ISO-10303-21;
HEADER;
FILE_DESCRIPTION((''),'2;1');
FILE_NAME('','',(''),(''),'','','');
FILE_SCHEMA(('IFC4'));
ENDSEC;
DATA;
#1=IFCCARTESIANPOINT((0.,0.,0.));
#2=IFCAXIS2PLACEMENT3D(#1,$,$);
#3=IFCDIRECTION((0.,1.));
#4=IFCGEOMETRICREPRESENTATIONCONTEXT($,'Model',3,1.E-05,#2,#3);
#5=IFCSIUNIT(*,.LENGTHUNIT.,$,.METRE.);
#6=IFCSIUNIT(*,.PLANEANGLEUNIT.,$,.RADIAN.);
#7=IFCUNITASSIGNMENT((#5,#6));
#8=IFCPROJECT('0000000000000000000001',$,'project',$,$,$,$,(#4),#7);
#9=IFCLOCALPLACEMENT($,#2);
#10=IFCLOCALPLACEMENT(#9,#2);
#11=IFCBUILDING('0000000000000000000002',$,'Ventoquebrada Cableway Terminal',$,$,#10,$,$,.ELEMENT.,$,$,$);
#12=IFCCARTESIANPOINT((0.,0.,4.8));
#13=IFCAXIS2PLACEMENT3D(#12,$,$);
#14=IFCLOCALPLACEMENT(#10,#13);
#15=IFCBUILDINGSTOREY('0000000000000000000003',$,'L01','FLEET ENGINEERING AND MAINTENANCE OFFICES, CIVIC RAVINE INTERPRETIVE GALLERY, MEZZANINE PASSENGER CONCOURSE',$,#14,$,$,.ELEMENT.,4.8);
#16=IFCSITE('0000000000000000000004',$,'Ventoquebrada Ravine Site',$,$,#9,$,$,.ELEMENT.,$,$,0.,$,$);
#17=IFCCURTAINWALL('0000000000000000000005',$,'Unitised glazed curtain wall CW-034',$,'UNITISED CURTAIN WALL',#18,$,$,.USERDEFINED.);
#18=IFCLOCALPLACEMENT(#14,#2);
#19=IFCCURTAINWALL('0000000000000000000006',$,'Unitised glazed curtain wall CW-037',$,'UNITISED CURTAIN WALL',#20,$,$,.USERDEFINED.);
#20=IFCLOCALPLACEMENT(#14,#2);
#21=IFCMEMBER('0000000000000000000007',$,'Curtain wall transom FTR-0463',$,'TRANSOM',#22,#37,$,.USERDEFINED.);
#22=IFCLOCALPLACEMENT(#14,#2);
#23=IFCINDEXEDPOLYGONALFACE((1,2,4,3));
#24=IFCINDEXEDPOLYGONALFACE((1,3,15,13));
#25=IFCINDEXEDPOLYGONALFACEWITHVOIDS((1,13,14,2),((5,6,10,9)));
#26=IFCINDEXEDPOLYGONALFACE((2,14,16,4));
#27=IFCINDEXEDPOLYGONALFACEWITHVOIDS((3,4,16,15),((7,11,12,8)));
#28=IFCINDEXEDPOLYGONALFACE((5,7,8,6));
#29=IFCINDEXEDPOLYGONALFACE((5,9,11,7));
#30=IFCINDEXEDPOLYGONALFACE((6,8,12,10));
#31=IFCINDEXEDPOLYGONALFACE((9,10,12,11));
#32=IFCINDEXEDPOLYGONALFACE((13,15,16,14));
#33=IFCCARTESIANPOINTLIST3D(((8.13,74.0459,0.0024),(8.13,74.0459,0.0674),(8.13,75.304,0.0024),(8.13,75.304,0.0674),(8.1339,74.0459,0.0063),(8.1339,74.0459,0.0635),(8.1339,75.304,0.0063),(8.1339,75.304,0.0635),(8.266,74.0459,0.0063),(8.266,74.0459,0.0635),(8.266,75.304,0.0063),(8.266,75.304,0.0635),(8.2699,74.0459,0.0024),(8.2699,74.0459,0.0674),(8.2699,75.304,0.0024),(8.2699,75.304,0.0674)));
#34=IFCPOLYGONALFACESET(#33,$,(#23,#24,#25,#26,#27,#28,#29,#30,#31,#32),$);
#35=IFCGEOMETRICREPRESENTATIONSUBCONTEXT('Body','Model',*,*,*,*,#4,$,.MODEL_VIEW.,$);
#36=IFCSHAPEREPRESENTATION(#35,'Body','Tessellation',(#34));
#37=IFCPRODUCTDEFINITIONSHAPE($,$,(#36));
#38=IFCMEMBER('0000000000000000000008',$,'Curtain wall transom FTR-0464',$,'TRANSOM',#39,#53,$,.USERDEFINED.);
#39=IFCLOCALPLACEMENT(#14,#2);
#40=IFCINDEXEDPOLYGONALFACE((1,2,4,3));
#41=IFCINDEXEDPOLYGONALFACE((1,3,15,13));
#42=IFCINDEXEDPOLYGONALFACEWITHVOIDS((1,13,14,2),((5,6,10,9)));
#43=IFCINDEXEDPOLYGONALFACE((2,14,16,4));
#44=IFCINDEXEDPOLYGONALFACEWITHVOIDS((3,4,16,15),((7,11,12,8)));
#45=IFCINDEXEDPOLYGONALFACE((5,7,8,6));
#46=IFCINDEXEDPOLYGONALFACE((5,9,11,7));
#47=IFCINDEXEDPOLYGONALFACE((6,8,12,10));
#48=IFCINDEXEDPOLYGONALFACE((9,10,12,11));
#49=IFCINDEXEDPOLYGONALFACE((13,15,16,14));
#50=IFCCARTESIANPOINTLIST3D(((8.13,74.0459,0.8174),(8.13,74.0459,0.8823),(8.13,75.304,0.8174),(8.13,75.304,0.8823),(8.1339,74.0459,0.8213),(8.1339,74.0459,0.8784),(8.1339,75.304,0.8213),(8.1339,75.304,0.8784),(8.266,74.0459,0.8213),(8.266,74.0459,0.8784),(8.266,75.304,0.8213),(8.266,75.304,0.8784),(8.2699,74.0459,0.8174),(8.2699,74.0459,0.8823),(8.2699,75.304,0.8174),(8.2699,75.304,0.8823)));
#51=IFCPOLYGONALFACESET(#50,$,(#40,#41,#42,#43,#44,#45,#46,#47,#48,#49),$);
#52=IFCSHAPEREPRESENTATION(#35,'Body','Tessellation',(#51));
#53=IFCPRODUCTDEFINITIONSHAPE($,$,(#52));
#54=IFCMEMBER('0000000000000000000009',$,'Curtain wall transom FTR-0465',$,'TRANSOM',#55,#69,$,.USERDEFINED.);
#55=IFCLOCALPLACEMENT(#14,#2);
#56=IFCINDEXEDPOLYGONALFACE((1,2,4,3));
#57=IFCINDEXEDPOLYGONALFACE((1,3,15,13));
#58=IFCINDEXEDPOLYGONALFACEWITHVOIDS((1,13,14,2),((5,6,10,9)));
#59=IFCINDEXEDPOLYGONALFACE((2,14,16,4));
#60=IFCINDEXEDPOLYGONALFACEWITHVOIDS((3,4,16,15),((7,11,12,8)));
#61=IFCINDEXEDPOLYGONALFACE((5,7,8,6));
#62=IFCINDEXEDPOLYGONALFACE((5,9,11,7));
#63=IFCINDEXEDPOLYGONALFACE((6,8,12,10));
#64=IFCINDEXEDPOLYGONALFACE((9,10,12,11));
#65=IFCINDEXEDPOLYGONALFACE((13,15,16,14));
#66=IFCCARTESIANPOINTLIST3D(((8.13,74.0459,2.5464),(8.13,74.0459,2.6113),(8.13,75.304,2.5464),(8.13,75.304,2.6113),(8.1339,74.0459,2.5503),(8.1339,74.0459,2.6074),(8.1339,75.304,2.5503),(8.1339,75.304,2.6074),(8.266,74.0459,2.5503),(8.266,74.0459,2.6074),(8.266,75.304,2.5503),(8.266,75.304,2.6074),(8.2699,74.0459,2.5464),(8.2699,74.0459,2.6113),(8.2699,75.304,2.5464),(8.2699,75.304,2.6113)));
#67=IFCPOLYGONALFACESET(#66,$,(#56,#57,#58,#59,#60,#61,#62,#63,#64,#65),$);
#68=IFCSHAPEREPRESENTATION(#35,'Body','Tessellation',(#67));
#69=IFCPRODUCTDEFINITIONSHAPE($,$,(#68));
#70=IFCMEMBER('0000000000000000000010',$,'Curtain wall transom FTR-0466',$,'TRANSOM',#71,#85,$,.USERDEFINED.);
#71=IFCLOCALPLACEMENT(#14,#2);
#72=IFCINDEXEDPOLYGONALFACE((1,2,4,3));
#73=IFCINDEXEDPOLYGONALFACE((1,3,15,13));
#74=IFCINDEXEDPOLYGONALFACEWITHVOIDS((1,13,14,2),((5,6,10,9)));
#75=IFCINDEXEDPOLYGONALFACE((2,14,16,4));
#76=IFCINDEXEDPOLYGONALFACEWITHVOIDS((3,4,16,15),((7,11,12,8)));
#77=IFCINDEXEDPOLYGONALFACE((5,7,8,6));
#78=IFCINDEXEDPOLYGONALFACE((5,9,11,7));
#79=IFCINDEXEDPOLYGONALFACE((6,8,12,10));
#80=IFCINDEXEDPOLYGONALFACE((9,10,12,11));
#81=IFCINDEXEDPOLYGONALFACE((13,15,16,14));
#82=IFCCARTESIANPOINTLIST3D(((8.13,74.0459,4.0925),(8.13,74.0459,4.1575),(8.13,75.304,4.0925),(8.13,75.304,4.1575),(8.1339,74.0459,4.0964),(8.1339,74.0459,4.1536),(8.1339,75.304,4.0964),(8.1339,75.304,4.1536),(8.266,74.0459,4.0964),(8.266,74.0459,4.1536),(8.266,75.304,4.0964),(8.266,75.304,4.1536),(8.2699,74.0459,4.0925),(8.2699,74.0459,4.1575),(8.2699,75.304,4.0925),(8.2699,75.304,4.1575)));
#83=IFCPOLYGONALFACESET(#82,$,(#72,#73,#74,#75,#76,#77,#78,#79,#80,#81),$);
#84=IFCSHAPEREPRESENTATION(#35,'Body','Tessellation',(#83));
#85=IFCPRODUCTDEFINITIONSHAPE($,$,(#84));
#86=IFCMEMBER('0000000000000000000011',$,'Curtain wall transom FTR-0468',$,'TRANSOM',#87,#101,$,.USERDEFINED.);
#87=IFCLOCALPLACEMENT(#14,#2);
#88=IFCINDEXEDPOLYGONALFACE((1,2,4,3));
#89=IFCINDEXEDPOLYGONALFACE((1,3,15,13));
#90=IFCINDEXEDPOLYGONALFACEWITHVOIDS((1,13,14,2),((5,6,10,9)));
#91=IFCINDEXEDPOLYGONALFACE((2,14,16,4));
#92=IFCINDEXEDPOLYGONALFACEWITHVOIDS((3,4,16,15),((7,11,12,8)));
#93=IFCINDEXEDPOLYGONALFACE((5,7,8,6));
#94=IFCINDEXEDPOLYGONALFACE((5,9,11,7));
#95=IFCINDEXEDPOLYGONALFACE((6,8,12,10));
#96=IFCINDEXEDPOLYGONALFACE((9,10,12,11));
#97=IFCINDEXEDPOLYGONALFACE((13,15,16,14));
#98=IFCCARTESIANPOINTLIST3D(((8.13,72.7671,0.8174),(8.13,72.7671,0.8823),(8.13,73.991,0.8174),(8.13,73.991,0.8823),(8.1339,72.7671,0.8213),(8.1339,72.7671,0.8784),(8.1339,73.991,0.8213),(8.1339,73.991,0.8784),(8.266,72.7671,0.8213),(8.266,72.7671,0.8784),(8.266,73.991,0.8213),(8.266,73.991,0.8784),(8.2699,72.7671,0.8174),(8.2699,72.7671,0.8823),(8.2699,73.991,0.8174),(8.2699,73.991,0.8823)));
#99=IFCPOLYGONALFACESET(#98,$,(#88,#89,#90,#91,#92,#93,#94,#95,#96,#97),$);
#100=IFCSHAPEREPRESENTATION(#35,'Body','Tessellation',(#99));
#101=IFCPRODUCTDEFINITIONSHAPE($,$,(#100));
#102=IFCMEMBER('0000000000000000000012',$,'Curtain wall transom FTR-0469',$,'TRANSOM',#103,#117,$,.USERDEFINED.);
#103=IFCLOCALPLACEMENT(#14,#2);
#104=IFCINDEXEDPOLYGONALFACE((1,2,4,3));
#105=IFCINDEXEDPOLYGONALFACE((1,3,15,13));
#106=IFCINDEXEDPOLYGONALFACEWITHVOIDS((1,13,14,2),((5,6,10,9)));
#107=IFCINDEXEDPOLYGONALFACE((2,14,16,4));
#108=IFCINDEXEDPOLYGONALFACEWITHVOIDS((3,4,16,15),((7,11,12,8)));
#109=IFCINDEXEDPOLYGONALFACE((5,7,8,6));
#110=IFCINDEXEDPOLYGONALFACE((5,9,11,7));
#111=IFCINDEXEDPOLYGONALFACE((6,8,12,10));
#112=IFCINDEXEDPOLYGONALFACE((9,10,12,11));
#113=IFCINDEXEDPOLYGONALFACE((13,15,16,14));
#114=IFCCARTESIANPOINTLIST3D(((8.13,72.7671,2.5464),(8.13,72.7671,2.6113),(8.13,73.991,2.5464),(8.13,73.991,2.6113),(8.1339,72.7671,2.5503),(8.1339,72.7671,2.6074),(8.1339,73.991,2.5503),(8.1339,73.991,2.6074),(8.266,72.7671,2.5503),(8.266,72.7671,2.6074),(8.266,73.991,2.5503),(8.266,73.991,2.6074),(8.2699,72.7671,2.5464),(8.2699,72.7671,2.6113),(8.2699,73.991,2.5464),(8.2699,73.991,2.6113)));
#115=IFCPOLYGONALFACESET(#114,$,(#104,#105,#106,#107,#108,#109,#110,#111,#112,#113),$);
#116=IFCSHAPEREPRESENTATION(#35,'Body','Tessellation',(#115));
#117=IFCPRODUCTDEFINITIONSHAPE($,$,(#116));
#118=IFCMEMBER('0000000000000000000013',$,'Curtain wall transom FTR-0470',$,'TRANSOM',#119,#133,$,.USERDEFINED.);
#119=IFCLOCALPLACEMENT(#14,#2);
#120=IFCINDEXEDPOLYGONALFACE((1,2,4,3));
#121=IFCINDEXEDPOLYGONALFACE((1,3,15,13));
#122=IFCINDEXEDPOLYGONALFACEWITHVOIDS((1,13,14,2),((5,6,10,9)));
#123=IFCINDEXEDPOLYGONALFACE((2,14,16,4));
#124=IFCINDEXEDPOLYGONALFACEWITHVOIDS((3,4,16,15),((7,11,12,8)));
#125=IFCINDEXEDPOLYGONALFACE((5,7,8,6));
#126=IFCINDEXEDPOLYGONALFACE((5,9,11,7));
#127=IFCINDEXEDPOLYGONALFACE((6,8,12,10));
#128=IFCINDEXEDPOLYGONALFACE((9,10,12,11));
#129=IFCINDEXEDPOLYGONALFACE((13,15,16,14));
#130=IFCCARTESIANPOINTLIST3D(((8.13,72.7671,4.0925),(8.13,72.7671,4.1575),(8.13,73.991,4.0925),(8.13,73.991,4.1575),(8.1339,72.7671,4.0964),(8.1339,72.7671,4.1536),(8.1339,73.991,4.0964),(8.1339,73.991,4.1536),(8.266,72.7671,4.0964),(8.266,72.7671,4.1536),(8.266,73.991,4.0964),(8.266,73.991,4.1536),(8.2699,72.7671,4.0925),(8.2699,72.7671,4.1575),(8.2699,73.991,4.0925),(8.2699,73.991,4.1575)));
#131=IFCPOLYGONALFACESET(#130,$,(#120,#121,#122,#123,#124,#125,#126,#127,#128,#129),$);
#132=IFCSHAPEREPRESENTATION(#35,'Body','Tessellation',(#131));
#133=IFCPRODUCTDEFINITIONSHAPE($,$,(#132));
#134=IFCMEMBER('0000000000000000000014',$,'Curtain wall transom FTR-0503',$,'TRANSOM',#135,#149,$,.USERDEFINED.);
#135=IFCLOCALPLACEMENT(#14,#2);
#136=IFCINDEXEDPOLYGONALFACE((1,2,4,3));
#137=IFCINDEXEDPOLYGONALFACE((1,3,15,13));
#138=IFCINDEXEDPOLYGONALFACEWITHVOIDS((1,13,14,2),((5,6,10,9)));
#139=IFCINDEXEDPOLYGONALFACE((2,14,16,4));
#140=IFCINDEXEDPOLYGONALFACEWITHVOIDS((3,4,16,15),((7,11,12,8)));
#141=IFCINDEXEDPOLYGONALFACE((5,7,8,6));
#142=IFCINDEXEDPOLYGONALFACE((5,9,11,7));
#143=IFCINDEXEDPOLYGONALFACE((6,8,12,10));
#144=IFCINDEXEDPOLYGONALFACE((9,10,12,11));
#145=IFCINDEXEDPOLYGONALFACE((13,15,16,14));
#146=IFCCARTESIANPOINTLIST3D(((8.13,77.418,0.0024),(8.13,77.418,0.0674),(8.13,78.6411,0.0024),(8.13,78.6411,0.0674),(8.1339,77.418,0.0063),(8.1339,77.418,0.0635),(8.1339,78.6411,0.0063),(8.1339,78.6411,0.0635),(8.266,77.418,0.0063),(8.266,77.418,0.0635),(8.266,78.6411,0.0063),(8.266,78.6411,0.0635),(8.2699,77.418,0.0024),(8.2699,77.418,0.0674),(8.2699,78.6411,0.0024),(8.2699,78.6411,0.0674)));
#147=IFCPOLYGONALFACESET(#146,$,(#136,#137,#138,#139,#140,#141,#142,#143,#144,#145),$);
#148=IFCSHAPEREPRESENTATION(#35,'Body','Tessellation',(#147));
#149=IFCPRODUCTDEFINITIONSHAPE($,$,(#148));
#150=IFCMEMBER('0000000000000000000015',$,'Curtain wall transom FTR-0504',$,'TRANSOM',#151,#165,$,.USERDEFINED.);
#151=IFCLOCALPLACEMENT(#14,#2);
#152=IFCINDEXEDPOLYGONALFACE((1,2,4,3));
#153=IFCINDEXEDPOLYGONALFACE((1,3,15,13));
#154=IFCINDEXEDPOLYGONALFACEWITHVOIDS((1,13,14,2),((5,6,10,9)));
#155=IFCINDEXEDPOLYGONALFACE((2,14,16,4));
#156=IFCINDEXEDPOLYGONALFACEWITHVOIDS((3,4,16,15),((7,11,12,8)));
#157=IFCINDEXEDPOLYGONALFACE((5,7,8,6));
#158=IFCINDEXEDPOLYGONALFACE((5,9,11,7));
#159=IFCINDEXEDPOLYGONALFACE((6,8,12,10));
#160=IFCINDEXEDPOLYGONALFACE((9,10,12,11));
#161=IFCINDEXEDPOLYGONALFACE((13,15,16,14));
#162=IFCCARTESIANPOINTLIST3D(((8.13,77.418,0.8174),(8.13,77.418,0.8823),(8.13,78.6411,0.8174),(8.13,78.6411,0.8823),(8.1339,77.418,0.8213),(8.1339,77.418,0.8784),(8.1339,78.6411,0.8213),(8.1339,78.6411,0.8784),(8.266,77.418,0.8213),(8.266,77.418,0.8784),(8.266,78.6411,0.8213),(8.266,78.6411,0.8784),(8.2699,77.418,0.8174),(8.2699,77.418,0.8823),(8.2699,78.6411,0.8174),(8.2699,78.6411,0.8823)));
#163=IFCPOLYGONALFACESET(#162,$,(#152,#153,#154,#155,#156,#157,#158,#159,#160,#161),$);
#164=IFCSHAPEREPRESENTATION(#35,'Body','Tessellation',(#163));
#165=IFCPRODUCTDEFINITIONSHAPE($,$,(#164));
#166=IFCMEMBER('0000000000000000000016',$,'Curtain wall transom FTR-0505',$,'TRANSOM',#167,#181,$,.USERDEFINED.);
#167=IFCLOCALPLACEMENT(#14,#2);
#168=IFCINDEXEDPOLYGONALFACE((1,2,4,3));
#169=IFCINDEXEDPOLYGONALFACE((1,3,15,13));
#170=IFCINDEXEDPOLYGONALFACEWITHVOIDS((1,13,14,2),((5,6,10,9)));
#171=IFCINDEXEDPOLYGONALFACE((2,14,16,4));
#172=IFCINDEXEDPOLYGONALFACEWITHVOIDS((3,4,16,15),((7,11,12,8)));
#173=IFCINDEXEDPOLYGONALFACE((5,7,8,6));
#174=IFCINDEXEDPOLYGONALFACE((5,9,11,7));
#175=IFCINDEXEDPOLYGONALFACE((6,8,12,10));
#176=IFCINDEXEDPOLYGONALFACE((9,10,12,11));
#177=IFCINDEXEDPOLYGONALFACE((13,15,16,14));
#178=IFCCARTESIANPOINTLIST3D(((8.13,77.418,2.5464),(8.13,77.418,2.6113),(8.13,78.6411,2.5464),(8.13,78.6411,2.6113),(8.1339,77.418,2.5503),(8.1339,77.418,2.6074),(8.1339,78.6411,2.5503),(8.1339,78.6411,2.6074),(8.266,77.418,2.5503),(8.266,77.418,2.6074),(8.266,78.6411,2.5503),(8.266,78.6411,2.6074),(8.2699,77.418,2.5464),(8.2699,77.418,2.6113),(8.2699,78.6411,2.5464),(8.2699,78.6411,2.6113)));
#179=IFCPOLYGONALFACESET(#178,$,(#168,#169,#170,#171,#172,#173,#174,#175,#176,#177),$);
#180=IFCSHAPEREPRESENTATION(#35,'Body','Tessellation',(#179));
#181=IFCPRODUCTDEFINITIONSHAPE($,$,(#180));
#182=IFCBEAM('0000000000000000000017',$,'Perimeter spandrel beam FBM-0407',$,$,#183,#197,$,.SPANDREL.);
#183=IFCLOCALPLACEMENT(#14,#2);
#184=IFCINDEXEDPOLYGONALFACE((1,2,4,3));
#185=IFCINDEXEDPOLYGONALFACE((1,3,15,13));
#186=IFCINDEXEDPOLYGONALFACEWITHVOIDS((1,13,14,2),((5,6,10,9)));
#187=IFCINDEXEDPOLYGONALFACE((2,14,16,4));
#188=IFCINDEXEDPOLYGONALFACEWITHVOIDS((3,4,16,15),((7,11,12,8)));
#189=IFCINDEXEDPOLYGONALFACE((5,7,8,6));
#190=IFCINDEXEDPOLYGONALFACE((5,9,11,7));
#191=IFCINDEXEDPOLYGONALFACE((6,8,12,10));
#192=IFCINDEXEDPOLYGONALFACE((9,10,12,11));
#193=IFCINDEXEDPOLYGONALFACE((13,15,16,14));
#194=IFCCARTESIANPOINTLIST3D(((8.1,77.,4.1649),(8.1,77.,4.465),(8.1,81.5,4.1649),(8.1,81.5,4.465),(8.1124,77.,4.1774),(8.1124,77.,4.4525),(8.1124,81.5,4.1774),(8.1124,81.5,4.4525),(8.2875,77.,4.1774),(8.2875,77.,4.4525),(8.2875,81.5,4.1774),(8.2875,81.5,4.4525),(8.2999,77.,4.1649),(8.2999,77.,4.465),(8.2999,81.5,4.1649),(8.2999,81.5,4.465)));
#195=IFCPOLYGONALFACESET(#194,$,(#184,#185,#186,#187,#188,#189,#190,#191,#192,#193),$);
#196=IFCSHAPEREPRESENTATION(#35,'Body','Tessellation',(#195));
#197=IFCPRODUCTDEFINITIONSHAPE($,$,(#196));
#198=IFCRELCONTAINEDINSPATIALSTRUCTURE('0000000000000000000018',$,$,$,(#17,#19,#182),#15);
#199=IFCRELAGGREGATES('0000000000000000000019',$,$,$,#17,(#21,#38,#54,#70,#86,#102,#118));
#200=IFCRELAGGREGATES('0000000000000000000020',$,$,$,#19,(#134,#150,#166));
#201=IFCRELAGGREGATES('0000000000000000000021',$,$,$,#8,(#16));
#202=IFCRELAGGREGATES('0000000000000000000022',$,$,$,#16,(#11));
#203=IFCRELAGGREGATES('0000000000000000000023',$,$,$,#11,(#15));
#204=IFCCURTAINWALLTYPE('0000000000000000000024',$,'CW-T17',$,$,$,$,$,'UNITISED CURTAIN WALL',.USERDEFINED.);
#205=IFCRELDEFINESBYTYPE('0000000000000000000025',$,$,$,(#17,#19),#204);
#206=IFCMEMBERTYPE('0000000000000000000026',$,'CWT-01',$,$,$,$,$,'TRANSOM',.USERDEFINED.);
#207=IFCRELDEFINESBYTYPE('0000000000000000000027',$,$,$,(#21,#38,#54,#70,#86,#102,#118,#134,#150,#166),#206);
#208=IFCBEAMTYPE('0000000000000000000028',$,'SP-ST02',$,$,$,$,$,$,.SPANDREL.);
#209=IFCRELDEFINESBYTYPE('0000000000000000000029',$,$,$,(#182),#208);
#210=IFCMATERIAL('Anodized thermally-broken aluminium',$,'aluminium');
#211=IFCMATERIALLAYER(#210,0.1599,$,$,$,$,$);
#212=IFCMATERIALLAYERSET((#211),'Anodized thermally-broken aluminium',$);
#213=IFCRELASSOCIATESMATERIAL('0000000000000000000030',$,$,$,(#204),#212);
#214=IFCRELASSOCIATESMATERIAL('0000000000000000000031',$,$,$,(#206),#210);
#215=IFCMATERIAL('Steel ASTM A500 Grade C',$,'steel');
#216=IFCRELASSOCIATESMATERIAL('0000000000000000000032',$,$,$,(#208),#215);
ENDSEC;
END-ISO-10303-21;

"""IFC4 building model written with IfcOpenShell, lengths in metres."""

from ifc_helpers import new_model, si_unit, direction, frame, origin, origin_2d, place, context, subcontext, project, spatial, hollow_rectangle, extrude, material, layer, layer_set, material_profile, profile_set, type_object, element, aggregate, save


model = new_model("IFC4")

# Units and contexts
model_context = context("Model", 3, precision=1e-05, world=origin(), true_north=direction((0.0, 1.0)))
body_context = subcontext(model_context, "Body", "Model", "MODEL_VIEW")
ifc_project = project(units=[si_unit("LENGTHUNIT", "METRE"), si_unit("PLANEANGLEUNIT", "RADIAN")], contexts=[model_context])

# Site, building, storey
site_placement = place(None, origin())
site = spatial("IfcSite", under=ifc_project, at=site_placement, Name="Ventoquebrada Ravine Site", CompositionType="ELEMENT", RefElevation=0.0)
building_placement = place(site_placement, origin())
building = spatial("IfcBuilding", under=site, at=building_placement, Name="Ventoquebrada Cableway Terminal", CompositionType="ELEMENT")
storey_placement = place(building_placement, frame((0.0, 0.0, 4.8)))
storey = spatial("IfcBuildingStorey", under=building, at=storey_placement, Name="L01", Description="FLEET ENGINEERING AND MAINTENANCE OFFICES, CIVIC RAVINE INTERPRETIVE GALLERY, MEZZANINE PASSENGER CONCOURSE", CompositionType="ELEMENT", Elevation=4.8)

# Curtain wall
ifc_material_1 = material(Name="Anodized thermally-broken aluminium", Category="aluminium")
ifc_layer_1 = layer(ifc_material_1, 0.1599)
ifc_layer_set_1 = layer_set([ifc_layer_1], Name="Anodized thermally-broken aluminium")
curtain_wall_type = type_object("IfcCurtainWallType", Name="CW-T17", ElementType="UNITISED CURTAIN WALL", PredefinedType="USERDEFINED", material=ifc_layer_set_1)
curtain_wall_1_placement = place(storey_placement, origin())
curtain_wall_1 = element("IfcCurtainWall", 1, at=curtain_wall_1_placement, inside=storey, type_object=curtain_wall_type, Name="Unitised glazed curtain wall CW-034", ObjectType="UNITISED CURTAIN WALL", PredefinedType="USERDEFINED")

# Curtain wall
curtain_wall_2_placement = place(storey_placement, origin())
curtain_wall_2 = element("IfcCurtainWall", 2, at=curtain_wall_2_placement, inside=storey, type_object=curtain_wall_type, Name="Unitised glazed curtain wall CW-037", ObjectType="UNITISED CURTAIN WALL", PredefinedType="USERDEFINED")

# Members
ifc_material_profile_1 = material_profile(ifc_material_1, hollow_rectangle(XDim=0.0649, YDim=0.1399, WallThickness=0.0039, at=origin_2d()), Name="CW-TRN-65X140")
ifc_profile_set_1 = profile_set([ifc_material_profile_1], Name="Anodized thermally-broken aluminium")
member_type_1 = type_object("IfcMemberType", Name="CWT-01", ElementType="TRANSOM", PredefinedType="USERDEFINED", material=ifc_profile_set_1)
member_1_placement = place(storey_placement, frame((8.2, 75.304, 0.0349), z_axis=(0.0, -1.0, 0.0), x_axis=(0.0, 0.0, 1.0)))
member_1 = element("IfcMember", 3, at=member_1_placement, type_object=member_type_1, Name="Curtain wall transom FTR-0463", ObjectType="TRANSOM", PredefinedType="USERDEFINED", context=body_context, shape_type="SweptSolid", body=[
    extrude(hollow_rectangle(XDim=0.0649, YDim=0.1399, WallThickness=0.0039, at=origin_2d()), origin(), (0.0, 0.0, 1.0), 1.2581),
])
member_2_placement = place(storey_placement, frame((8.2, 75.304, 0.8499), z_axis=(0.0, -1.0, 0.0), x_axis=(0.0, 0.0, 1.0)))
member_2 = element("IfcMember", 4, at=member_2_placement, type_object=member_type_1, Name="Curtain wall transom FTR-0464", ObjectType="TRANSOM", PredefinedType="USERDEFINED", context=body_context, shape_type="SweptSolid", body=[
    extrude(hollow_rectangle(XDim=0.0649, YDim=0.1399, WallThickness=0.0039, at=origin_2d()), origin(), (0.0, 0.0, 1.0), 1.2581),
])
member_3_placement = place(storey_placement, frame((8.2, 75.304, 2.5789), z_axis=(0.0, -1.0, 0.0), x_axis=(0.0, 0.0, 1.0)))
member_3 = element("IfcMember", 5, at=member_3_placement, type_object=member_type_1, Name="Curtain wall transom FTR-0465", ObjectType="TRANSOM", PredefinedType="USERDEFINED", context=body_context, shape_type="SweptSolid", body=[
    extrude(hollow_rectangle(XDim=0.0649, YDim=0.1399, WallThickness=0.0039, at=origin_2d()), origin(), (0.0, 0.0, 1.0), 1.2581),
])
member_4_placement = place(storey_placement, frame((8.2, 75.304, 4.125), z_axis=(0.0, -1.0, 0.0), x_axis=(0.0, 0.0, 1.0)))
member_4 = element("IfcMember", 6, at=member_4_placement, type_object=member_type_1, Name="Curtain wall transom FTR-0466", ObjectType="TRANSOM", PredefinedType="USERDEFINED", context=body_context, shape_type="SweptSolid", body=[
    extrude(hollow_rectangle(XDim=0.0649, YDim=0.1399, WallThickness=0.0039, at=origin_2d()), origin(), (0.0, 0.0, 1.0), 1.2581),
])
member_5_placement = place(storey_placement, frame((8.2, 73.991, 0.8499), z_axis=(0.0, -1.0, 0.0), x_axis=(0.0, 0.0, 1.0)))
member_5 = element("IfcMember", 7, at=member_5_placement, type_object=member_type_1, Name="Curtain wall transom FTR-0468", ObjectType="TRANSOM", PredefinedType="USERDEFINED", context=body_context, shape_type="SweptSolid", body=[
    extrude(hollow_rectangle(XDim=0.0649, YDim=0.1399, WallThickness=0.0039, at=origin_2d()), origin(), (0.0, 0.0, 1.0), 1.2239),
])
member_6_placement = place(storey_placement, frame((8.2, 73.991, 2.5789), z_axis=(0.0, -1.0, 0.0), x_axis=(0.0, 0.0, 1.0)))
member_6 = element("IfcMember", 8, at=member_6_placement, type_object=member_type_1, Name="Curtain wall transom FTR-0469", ObjectType="TRANSOM", PredefinedType="USERDEFINED", context=body_context, shape_type="SweptSolid", body=[
    extrude(hollow_rectangle(XDim=0.0649, YDim=0.1399, WallThickness=0.0039, at=origin_2d()), origin(), (0.0, 0.0, 1.0), 1.2239),
])
member_7_placement = place(storey_placement, frame((8.2, 73.991, 4.125), z_axis=(0.0, -1.0, 0.0), x_axis=(0.0, 0.0, 1.0)))
member_7 = element("IfcMember", 9, at=member_7_placement, type_object=member_type_1, Name="Curtain wall transom FTR-0470", ObjectType="TRANSOM", PredefinedType="USERDEFINED", context=body_context, shape_type="SweptSolid", body=[
    extrude(hollow_rectangle(XDim=0.0649, YDim=0.1399, WallThickness=0.0039, at=origin_2d()), origin(), (0.0, 0.0, 1.0), 1.2239),
])
member_8_placement = place(storey_placement, frame((8.2, 78.6411, 0.0349), z_axis=(0.0, -1.0, 0.0), x_axis=(0.0, 0.0, 1.0)))
member_8 = element("IfcMember", 10, at=member_8_placement, type_object=member_type_1, Name="Curtain wall transom FTR-0503", ObjectType="TRANSOM", PredefinedType="USERDEFINED", context=body_context, shape_type="SweptSolid", body=[
    extrude(hollow_rectangle(XDim=0.0649, YDim=0.1399, WallThickness=0.0039, at=origin_2d()), origin(), (0.0, 0.0, 1.0), 1.2231),
])
member_9_placement = place(storey_placement, frame((8.2, 78.6411, 0.8499), z_axis=(0.0, -1.0, 0.0), x_axis=(0.0, 0.0, 1.0)))
member_9 = element("IfcMember", 11, at=member_9_placement, type_object=member_type_1, Name="Curtain wall transom FTR-0504", ObjectType="TRANSOM", PredefinedType="USERDEFINED", context=body_context, shape_type="SweptSolid", body=[
    extrude(hollow_rectangle(XDim=0.0649, YDim=0.1399, WallThickness=0.0039, at=origin_2d()), origin(), (0.0, 0.0, 1.0), 1.2231),
])
member_10_placement = place(storey_placement, frame((8.2, 78.6411, 2.5789), z_axis=(0.0, -1.0, 0.0), x_axis=(0.0, 0.0, 1.0)))
member_10 = element("IfcMember", 12, at=member_10_placement, type_object=member_type_1, Name="Curtain wall transom FTR-0505", ObjectType="TRANSOM", PredefinedType="USERDEFINED", context=body_context, shape_type="SweptSolid", body=[
    extrude(hollow_rectangle(XDim=0.0649, YDim=0.1399, WallThickness=0.0039, at=origin_2d()), origin(), (0.0, 0.0, 1.0), 1.2231),
])

# Beam
ifc_material_2 = material(Name="Steel ASTM A500 Grade C", Category="steel")
ifc_material_profile_2 = material_profile(ifc_material_2, hollow_rectangle(XDim=0.2, YDim=0.3, WallThickness=0.0125, at=origin_2d()), Name="RHS300X200X12.5")
ifc_profile_set_2 = profile_set([ifc_material_profile_2], Name="Steel ASTM A500 Grade C")
beam_type_1 = type_object("IfcBeamType", Name="SP-ST02", PredefinedType="SPANDREL", material=ifc_profile_set_2)
beam_1_placement = place(storey_placement, frame((8.2, 77.0, 4.3149), z_axis=(0.0, 1.0, 0.0), x_axis=(-1.0, 0.0, 0.0)))
element("IfcBeam", 13, at=beam_1_placement, inside=storey, type_object=beam_type_1, Name="Perimeter spandrel beam FBM-0407", PredefinedType="SPANDREL", context=body_context, shape_type="SweptSolid", body=[
    extrude(hollow_rectangle(XDim=0.2, YDim=0.3, WallThickness=0.0125, at=origin_2d()), origin(), (0.0, 0.0, 1.0), 4.5),
])

aggregate(curtain_wall_1, [member_1, member_2, member_3, member_4, member_5, member_6, member_7])
aggregate(curtain_wall_2, [member_8, member_9, member_10])

save(model, "model.ifc")
